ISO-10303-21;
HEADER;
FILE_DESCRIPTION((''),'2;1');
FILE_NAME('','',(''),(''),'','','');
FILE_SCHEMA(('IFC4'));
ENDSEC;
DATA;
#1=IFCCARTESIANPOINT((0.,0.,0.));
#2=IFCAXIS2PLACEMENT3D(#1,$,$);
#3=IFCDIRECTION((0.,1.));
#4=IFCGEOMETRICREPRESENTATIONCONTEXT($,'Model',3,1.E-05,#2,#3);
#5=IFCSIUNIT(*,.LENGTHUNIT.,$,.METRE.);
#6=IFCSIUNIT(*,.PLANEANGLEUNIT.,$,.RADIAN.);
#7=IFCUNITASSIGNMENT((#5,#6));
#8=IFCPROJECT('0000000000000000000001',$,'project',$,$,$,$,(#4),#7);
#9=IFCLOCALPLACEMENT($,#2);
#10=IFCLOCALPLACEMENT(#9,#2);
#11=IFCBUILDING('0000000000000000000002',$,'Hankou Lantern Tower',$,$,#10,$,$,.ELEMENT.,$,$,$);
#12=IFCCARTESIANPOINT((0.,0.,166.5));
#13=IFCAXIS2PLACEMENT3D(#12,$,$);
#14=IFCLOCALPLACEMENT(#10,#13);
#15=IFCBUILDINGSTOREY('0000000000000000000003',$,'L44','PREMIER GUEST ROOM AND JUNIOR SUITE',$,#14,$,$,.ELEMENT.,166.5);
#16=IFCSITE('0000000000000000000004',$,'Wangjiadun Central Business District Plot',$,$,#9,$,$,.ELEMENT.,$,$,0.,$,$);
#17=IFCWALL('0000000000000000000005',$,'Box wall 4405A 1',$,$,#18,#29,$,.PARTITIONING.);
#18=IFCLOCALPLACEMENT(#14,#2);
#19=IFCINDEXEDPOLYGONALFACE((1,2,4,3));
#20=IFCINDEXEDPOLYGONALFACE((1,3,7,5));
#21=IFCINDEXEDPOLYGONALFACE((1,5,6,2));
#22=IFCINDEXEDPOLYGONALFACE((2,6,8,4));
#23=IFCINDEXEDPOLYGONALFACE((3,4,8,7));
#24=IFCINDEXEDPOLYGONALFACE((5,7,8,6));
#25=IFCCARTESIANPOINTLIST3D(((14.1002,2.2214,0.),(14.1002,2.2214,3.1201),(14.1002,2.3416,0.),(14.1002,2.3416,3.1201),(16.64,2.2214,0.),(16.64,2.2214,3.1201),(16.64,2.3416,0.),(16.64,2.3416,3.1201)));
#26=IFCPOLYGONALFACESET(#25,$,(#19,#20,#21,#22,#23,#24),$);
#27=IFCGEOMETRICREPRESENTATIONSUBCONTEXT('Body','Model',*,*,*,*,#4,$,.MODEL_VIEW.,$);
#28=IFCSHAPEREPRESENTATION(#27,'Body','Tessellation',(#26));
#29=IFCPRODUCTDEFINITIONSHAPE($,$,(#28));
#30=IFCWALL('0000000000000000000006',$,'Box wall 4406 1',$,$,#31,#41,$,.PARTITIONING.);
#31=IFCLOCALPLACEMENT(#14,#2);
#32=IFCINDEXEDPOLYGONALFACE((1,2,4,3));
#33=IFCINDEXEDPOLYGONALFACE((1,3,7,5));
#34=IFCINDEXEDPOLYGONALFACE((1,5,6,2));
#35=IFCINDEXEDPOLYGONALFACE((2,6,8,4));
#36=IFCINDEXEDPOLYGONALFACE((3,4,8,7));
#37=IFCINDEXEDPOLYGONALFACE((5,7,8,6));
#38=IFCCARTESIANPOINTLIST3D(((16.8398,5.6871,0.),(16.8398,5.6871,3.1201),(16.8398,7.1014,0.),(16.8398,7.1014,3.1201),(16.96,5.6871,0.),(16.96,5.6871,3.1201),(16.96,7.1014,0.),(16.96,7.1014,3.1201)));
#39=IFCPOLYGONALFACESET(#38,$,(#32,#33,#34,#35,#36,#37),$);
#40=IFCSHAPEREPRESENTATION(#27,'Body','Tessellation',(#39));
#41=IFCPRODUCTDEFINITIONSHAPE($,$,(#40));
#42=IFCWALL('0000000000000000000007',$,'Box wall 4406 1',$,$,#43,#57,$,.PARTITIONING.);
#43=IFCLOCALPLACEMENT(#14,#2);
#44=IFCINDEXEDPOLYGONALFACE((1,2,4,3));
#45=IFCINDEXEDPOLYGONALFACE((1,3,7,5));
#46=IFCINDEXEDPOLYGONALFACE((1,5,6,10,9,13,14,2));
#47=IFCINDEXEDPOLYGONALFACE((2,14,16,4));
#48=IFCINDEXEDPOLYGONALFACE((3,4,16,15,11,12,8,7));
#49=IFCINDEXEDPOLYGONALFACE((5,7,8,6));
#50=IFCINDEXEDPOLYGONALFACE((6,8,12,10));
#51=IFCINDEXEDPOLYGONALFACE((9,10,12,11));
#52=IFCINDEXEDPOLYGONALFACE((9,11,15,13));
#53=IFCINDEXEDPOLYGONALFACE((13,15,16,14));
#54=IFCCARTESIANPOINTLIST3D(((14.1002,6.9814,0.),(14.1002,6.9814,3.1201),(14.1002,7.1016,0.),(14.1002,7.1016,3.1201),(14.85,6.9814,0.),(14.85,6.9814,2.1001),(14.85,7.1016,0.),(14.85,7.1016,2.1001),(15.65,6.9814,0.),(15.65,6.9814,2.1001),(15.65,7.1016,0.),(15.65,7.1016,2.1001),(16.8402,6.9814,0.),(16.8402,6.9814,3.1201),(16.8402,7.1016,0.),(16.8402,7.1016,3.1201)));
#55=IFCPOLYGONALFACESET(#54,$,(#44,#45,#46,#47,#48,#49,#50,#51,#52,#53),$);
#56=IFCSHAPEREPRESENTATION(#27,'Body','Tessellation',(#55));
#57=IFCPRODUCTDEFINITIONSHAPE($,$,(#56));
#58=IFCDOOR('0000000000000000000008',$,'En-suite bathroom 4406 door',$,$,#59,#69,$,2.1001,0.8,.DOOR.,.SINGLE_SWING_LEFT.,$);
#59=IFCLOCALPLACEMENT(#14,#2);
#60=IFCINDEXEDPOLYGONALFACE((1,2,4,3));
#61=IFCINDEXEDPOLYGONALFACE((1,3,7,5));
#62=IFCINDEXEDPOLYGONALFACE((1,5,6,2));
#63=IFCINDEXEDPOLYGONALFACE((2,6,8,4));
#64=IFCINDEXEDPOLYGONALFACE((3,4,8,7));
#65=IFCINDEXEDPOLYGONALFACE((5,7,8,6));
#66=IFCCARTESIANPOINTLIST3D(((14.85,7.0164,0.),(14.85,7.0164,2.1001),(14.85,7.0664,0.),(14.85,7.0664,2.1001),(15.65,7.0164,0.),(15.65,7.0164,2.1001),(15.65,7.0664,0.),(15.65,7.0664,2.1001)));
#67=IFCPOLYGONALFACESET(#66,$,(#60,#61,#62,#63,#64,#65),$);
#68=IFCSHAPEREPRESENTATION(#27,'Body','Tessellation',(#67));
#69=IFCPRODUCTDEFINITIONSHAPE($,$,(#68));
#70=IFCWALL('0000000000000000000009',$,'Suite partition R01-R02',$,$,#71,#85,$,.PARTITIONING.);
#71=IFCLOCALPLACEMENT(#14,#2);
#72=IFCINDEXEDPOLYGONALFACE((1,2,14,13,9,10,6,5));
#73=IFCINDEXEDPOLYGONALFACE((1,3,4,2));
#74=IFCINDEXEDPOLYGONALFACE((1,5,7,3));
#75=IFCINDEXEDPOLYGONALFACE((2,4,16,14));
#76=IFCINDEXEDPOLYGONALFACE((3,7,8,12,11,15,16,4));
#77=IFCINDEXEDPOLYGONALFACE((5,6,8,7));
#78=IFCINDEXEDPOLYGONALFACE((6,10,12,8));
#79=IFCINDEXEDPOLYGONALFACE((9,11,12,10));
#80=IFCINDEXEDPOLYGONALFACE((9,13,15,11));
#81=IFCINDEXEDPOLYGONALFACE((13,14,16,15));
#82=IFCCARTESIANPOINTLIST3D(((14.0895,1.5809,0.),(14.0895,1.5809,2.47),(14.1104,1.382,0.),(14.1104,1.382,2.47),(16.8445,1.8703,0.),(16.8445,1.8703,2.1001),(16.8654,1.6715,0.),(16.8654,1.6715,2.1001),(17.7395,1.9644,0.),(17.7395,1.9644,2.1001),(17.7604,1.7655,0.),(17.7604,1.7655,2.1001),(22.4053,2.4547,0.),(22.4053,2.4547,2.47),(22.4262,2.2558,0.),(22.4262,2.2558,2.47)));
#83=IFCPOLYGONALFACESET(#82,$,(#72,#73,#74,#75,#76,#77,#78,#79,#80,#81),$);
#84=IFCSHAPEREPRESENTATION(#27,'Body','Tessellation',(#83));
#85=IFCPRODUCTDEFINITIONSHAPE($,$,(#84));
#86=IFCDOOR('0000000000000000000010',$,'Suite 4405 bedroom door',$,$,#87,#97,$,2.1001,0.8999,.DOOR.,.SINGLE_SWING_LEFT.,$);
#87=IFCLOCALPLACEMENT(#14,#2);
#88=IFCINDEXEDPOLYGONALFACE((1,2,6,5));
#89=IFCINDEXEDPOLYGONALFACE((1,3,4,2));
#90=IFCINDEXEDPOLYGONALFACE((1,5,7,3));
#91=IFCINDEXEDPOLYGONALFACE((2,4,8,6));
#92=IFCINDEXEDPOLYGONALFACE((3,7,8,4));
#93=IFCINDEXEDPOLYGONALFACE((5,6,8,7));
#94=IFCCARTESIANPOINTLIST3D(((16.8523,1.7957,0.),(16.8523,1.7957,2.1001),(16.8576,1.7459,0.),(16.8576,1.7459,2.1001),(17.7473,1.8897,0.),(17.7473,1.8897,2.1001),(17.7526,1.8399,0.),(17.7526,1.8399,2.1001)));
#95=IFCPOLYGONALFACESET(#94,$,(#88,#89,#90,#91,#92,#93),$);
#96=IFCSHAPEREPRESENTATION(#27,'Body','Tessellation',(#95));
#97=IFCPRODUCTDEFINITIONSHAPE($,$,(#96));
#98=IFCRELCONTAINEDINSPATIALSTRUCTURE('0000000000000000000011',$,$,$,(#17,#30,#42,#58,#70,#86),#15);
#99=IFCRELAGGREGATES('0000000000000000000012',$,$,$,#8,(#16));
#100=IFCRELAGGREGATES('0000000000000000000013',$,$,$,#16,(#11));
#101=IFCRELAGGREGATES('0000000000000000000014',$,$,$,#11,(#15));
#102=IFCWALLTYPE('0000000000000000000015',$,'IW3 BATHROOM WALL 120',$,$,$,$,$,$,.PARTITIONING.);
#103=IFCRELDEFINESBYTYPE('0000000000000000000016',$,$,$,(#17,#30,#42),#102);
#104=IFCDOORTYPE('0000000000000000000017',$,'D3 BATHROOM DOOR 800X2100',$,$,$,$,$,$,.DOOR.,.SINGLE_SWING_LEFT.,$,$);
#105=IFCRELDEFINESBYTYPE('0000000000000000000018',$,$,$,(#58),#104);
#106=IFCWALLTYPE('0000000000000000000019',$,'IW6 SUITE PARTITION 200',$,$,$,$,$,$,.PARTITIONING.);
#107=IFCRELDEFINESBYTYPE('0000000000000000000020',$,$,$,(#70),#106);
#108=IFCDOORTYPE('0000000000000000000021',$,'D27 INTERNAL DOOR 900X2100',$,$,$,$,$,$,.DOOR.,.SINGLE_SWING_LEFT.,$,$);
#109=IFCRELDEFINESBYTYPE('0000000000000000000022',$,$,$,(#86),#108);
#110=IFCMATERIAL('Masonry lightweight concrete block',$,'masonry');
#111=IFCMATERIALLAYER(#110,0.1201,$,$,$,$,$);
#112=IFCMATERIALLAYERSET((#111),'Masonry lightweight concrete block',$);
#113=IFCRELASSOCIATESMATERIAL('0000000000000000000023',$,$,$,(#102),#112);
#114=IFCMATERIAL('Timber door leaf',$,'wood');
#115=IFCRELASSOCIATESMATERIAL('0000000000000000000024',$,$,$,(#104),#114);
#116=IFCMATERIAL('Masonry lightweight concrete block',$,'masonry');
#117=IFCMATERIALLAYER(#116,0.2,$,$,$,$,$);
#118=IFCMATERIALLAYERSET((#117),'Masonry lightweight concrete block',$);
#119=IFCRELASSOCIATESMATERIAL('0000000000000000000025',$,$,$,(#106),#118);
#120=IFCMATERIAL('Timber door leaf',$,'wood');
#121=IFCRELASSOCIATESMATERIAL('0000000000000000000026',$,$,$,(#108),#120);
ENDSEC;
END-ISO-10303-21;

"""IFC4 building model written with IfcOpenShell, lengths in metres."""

from ifc_helpers import new_model, si_unit, direction, frame, frame_2d, origin, place, context, subcontext, project, spatial, rectangle, extrude, material, layer, layer_set, type_object, element, fill, save


model = new_model("IFC4")

# Units and contexts
model_context = context("Model", 3, precision=1e-05, world=origin(), true_north=direction((0.0, 1.0)))
body_context = subcontext(model_context, "Body", "Model", "MODEL_VIEW")
ifc_project = project(units=[si_unit("LENGTHUNIT", "METRE"), si_unit("PLANEANGLEUNIT", "RADIAN")], contexts=[model_context])

# Site, building, storey
site_placement = place(None, origin())
site = spatial("IfcSite", under=ifc_project, at=site_placement, Name="Wangjiadun Central Business District Plot", CompositionType="ELEMENT", RefElevation=0.0)
building_placement = place(site_placement, origin())
building = spatial("IfcBuilding", under=site, at=building_placement, Name="Hankou Lantern Tower", CompositionType="ELEMENT")
storey_placement = place(building_placement, frame((0.0, 0.0, 166.5)))
storey = spatial("IfcBuildingStorey", under=building, at=storey_placement, Name="L44", Description="PREMIER GUEST ROOM AND JUNIOR SUITE", CompositionType="ELEMENT", Elevation=166.5)

# Shared definitions
ifc_material_1 = material(Name="Masonry lightweight concrete block", Category="masonry")
ifc_layer_1 = layer(ifc_material_1, 0.1201)
ifc_layer_set_1 = layer_set([ifc_layer_1], Name="Masonry lightweight concrete block")
wall_type_1 = type_object("IfcWallType", Name="IW3 BATHROOM WALL 120", PredefinedType="PARTITIONING", material=ifc_layer_set_1)
ifc_material_2 = material(Name="Timber door leaf", Category="wood")
door_type_1 = type_object("IfcDoorType", Name="D3 BATHROOM DOOR 800X2100", OperationType="SINGLE_SWING_LEFT", PredefinedType="DOOR", material=ifc_material_2)

# Walls
wall_1_placement = place(storey_placement, frame((14.1001, 2.2815, 0.0), z_axis=(0.0, 0.0, 1.0), x_axis=(1.0, 0.0, 0.0)))
element("IfcWall", 1, at=wall_1_placement, inside=storey, type_object=wall_type_1, Name="Box wall 4405A 1", PredefinedType="PARTITIONING", context=body_context, shape_type="SweptSolid", body=[
    extrude(rectangle(XDim=2.5398, YDim=0.1201, at=frame_2d((1.27, 0.0))), origin(), (0.0, 0.0, 1.0), 3.1201),
])
wall_2_placement = place(storey_placement, frame((16.8999, 5.6873, 0.0), z_axis=(0.0, 0.0, 1.0), x_axis=(0.0, 1.0, 0.0)))
element("IfcWall", 2, at=wall_2_placement, inside=storey, type_object=wall_type_1, Name="Box wall 4406 1", PredefinedType="PARTITIONING", context=body_context, shape_type="SweptSolid", body=[
    extrude(rectangle(XDim=1.4143, YDim=0.1201, at=frame_2d((0.707, 0.0))), origin(), (0.0, 0.0, 1.0), 3.1201),
])

# Walls, openings, doors
wall_3_placement = place(storey_placement, frame((14.1001, 7.0415, 0.0), z_axis=(0.0, 0.0, 1.0), x_axis=(1.0, 0.0, 0.0)))
wall_3 = element("IfcWall", 3, at=wall_3_placement, inside=storey, type_object=wall_type_1, Name="Box wall 4406 1", PredefinedType="PARTITIONING", context=body_context, shape_type="SweptSolid", body=[
    extrude(rectangle(XDim=2.74, YDim=0.1201, at=frame_2d((1.3701, 0.0))), origin(), (0.0, 0.0, 1.0), 3.1201),
])
opening_1_placement = place(wall_3_placement, frame((0.75, 0.0, 0.0)))
opening_1 = element("IfcOpeningElement", 4, at=opening_1_placement, cuts=wall_3, PredefinedType="OPENING", context=body_context, shape_type="SweptSolid", body=[
    extrude(rectangle(XDim=0.8, YDim=2.1001, at=frame_2d((0.3999, 1.05))), frame((0.0, 0.0701, 0.0), z_axis=(0.0, -1.0, 0.0), x_axis=(1.0, 0.0, 0.0)), (0.0, 0.0, 1.0), 0.1401),
])
door_1_placement = place(opening_1_placement, origin())
door_1 = element("IfcDoor", 5, at=door_1_placement, inside=storey, type_object=door_type_1, Name="En-suite bathroom 4406 door", OperationType="SINGLE_SWING_LEFT", OverallHeight=2.1001, OverallWidth=0.8, PredefinedType="DOOR", context=body_context, shape_type="SweptSolid", body=[
    extrude(rectangle(XDim=0.8, YDim=2.1001, at=frame_2d((0.3999, 1.05))), frame((0.0, 0.0249, 0.0), z_axis=(0.0, -1.0, 0.0), x_axis=(1.0, 0.0, 0.0)), (0.0, 0.0, 1.0), 0.05),
])
fill(opening_1, door_1)
ifc_material_3 = material(Name="Masonry lightweight concrete block", Category="masonry")
ifc_layer_2 = layer(ifc_material_3, 0.2)
ifc_layer_set_2 = layer_set([ifc_layer_2], Name="Masonry lightweight concrete block")
wall_type_2 = type_object("IfcWallType", Name="IW6 SUITE PARTITION 200", PredefinedType="PARTITIONING", material=ifc_layer_set_2)
wall_4_placement = place(storey_placement, frame((14.1001, 1.4814, 0.0), z_axis=(0.0, 0.0, 1.0), x_axis=(0.994525, 0.104501, 0.0)))
wall_4 = element("IfcWall", 6, at=wall_4_placement, inside=storey, type_object=wall_type_2, Name="Suite partition R01-R02", PredefinedType="PARTITIONING", context=body_context, shape_type="SweptSolid", body=[
    extrude(rectangle(XDim=8.3616, YDim=0.2, at=frame_2d((4.1807, 0.0))), origin(), (0.0, 0.0, 1.0), 2.47),
])
opening_2_placement = place(wall_4_placement, frame((2.77, 0.0, 0.0)))
opening_2 = element("IfcOpeningElement", 7, at=opening_2_placement, cuts=wall_4, PredefinedType="OPENING", context=body_context, shape_type="SweptSolid", body=[
    extrude(rectangle(XDim=0.8999, YDim=2.1001, at=frame_2d((0.45, 1.05))), frame((0.0, 0.1099, 0.0), z_axis=(0.0, -1.0, 0.0), x_axis=(1.0, 0.0, 0.0)), (0.0, 0.0, 1.0), 0.22),
])
ifc_material_4 = material(Name="Timber door leaf", Category="wood")
door_type_2 = type_object("IfcDoorType", Name="D27 INTERNAL DOOR 900X2100", OperationType="SINGLE_SWING_LEFT", PredefinedType="DOOR", material=ifc_material_4)
door_2_placement = place(opening_2_placement, origin())
door_2 = element("IfcDoor", 8, at=door_2_placement, inside=storey, type_object=door_type_2, Name="Suite 4405 bedroom door", OperationType="SINGLE_SWING_LEFT", OverallHeight=2.1001, OverallWidth=0.8999, PredefinedType="DOOR", context=body_context, shape_type="SweptSolid", body=[
    extrude(rectangle(XDim=0.8999, YDim=2.1001, at=frame_2d((0.45, 1.05))), frame((0.0, 0.0249, 0.0), z_axis=(0.0, -1.0, 0.0), x_axis=(1.0, 0.0, 0.0)), (0.0, 0.0, 1.0), 0.05),
])
fill(opening_2, door_2)

save(model, "model.ifc")
